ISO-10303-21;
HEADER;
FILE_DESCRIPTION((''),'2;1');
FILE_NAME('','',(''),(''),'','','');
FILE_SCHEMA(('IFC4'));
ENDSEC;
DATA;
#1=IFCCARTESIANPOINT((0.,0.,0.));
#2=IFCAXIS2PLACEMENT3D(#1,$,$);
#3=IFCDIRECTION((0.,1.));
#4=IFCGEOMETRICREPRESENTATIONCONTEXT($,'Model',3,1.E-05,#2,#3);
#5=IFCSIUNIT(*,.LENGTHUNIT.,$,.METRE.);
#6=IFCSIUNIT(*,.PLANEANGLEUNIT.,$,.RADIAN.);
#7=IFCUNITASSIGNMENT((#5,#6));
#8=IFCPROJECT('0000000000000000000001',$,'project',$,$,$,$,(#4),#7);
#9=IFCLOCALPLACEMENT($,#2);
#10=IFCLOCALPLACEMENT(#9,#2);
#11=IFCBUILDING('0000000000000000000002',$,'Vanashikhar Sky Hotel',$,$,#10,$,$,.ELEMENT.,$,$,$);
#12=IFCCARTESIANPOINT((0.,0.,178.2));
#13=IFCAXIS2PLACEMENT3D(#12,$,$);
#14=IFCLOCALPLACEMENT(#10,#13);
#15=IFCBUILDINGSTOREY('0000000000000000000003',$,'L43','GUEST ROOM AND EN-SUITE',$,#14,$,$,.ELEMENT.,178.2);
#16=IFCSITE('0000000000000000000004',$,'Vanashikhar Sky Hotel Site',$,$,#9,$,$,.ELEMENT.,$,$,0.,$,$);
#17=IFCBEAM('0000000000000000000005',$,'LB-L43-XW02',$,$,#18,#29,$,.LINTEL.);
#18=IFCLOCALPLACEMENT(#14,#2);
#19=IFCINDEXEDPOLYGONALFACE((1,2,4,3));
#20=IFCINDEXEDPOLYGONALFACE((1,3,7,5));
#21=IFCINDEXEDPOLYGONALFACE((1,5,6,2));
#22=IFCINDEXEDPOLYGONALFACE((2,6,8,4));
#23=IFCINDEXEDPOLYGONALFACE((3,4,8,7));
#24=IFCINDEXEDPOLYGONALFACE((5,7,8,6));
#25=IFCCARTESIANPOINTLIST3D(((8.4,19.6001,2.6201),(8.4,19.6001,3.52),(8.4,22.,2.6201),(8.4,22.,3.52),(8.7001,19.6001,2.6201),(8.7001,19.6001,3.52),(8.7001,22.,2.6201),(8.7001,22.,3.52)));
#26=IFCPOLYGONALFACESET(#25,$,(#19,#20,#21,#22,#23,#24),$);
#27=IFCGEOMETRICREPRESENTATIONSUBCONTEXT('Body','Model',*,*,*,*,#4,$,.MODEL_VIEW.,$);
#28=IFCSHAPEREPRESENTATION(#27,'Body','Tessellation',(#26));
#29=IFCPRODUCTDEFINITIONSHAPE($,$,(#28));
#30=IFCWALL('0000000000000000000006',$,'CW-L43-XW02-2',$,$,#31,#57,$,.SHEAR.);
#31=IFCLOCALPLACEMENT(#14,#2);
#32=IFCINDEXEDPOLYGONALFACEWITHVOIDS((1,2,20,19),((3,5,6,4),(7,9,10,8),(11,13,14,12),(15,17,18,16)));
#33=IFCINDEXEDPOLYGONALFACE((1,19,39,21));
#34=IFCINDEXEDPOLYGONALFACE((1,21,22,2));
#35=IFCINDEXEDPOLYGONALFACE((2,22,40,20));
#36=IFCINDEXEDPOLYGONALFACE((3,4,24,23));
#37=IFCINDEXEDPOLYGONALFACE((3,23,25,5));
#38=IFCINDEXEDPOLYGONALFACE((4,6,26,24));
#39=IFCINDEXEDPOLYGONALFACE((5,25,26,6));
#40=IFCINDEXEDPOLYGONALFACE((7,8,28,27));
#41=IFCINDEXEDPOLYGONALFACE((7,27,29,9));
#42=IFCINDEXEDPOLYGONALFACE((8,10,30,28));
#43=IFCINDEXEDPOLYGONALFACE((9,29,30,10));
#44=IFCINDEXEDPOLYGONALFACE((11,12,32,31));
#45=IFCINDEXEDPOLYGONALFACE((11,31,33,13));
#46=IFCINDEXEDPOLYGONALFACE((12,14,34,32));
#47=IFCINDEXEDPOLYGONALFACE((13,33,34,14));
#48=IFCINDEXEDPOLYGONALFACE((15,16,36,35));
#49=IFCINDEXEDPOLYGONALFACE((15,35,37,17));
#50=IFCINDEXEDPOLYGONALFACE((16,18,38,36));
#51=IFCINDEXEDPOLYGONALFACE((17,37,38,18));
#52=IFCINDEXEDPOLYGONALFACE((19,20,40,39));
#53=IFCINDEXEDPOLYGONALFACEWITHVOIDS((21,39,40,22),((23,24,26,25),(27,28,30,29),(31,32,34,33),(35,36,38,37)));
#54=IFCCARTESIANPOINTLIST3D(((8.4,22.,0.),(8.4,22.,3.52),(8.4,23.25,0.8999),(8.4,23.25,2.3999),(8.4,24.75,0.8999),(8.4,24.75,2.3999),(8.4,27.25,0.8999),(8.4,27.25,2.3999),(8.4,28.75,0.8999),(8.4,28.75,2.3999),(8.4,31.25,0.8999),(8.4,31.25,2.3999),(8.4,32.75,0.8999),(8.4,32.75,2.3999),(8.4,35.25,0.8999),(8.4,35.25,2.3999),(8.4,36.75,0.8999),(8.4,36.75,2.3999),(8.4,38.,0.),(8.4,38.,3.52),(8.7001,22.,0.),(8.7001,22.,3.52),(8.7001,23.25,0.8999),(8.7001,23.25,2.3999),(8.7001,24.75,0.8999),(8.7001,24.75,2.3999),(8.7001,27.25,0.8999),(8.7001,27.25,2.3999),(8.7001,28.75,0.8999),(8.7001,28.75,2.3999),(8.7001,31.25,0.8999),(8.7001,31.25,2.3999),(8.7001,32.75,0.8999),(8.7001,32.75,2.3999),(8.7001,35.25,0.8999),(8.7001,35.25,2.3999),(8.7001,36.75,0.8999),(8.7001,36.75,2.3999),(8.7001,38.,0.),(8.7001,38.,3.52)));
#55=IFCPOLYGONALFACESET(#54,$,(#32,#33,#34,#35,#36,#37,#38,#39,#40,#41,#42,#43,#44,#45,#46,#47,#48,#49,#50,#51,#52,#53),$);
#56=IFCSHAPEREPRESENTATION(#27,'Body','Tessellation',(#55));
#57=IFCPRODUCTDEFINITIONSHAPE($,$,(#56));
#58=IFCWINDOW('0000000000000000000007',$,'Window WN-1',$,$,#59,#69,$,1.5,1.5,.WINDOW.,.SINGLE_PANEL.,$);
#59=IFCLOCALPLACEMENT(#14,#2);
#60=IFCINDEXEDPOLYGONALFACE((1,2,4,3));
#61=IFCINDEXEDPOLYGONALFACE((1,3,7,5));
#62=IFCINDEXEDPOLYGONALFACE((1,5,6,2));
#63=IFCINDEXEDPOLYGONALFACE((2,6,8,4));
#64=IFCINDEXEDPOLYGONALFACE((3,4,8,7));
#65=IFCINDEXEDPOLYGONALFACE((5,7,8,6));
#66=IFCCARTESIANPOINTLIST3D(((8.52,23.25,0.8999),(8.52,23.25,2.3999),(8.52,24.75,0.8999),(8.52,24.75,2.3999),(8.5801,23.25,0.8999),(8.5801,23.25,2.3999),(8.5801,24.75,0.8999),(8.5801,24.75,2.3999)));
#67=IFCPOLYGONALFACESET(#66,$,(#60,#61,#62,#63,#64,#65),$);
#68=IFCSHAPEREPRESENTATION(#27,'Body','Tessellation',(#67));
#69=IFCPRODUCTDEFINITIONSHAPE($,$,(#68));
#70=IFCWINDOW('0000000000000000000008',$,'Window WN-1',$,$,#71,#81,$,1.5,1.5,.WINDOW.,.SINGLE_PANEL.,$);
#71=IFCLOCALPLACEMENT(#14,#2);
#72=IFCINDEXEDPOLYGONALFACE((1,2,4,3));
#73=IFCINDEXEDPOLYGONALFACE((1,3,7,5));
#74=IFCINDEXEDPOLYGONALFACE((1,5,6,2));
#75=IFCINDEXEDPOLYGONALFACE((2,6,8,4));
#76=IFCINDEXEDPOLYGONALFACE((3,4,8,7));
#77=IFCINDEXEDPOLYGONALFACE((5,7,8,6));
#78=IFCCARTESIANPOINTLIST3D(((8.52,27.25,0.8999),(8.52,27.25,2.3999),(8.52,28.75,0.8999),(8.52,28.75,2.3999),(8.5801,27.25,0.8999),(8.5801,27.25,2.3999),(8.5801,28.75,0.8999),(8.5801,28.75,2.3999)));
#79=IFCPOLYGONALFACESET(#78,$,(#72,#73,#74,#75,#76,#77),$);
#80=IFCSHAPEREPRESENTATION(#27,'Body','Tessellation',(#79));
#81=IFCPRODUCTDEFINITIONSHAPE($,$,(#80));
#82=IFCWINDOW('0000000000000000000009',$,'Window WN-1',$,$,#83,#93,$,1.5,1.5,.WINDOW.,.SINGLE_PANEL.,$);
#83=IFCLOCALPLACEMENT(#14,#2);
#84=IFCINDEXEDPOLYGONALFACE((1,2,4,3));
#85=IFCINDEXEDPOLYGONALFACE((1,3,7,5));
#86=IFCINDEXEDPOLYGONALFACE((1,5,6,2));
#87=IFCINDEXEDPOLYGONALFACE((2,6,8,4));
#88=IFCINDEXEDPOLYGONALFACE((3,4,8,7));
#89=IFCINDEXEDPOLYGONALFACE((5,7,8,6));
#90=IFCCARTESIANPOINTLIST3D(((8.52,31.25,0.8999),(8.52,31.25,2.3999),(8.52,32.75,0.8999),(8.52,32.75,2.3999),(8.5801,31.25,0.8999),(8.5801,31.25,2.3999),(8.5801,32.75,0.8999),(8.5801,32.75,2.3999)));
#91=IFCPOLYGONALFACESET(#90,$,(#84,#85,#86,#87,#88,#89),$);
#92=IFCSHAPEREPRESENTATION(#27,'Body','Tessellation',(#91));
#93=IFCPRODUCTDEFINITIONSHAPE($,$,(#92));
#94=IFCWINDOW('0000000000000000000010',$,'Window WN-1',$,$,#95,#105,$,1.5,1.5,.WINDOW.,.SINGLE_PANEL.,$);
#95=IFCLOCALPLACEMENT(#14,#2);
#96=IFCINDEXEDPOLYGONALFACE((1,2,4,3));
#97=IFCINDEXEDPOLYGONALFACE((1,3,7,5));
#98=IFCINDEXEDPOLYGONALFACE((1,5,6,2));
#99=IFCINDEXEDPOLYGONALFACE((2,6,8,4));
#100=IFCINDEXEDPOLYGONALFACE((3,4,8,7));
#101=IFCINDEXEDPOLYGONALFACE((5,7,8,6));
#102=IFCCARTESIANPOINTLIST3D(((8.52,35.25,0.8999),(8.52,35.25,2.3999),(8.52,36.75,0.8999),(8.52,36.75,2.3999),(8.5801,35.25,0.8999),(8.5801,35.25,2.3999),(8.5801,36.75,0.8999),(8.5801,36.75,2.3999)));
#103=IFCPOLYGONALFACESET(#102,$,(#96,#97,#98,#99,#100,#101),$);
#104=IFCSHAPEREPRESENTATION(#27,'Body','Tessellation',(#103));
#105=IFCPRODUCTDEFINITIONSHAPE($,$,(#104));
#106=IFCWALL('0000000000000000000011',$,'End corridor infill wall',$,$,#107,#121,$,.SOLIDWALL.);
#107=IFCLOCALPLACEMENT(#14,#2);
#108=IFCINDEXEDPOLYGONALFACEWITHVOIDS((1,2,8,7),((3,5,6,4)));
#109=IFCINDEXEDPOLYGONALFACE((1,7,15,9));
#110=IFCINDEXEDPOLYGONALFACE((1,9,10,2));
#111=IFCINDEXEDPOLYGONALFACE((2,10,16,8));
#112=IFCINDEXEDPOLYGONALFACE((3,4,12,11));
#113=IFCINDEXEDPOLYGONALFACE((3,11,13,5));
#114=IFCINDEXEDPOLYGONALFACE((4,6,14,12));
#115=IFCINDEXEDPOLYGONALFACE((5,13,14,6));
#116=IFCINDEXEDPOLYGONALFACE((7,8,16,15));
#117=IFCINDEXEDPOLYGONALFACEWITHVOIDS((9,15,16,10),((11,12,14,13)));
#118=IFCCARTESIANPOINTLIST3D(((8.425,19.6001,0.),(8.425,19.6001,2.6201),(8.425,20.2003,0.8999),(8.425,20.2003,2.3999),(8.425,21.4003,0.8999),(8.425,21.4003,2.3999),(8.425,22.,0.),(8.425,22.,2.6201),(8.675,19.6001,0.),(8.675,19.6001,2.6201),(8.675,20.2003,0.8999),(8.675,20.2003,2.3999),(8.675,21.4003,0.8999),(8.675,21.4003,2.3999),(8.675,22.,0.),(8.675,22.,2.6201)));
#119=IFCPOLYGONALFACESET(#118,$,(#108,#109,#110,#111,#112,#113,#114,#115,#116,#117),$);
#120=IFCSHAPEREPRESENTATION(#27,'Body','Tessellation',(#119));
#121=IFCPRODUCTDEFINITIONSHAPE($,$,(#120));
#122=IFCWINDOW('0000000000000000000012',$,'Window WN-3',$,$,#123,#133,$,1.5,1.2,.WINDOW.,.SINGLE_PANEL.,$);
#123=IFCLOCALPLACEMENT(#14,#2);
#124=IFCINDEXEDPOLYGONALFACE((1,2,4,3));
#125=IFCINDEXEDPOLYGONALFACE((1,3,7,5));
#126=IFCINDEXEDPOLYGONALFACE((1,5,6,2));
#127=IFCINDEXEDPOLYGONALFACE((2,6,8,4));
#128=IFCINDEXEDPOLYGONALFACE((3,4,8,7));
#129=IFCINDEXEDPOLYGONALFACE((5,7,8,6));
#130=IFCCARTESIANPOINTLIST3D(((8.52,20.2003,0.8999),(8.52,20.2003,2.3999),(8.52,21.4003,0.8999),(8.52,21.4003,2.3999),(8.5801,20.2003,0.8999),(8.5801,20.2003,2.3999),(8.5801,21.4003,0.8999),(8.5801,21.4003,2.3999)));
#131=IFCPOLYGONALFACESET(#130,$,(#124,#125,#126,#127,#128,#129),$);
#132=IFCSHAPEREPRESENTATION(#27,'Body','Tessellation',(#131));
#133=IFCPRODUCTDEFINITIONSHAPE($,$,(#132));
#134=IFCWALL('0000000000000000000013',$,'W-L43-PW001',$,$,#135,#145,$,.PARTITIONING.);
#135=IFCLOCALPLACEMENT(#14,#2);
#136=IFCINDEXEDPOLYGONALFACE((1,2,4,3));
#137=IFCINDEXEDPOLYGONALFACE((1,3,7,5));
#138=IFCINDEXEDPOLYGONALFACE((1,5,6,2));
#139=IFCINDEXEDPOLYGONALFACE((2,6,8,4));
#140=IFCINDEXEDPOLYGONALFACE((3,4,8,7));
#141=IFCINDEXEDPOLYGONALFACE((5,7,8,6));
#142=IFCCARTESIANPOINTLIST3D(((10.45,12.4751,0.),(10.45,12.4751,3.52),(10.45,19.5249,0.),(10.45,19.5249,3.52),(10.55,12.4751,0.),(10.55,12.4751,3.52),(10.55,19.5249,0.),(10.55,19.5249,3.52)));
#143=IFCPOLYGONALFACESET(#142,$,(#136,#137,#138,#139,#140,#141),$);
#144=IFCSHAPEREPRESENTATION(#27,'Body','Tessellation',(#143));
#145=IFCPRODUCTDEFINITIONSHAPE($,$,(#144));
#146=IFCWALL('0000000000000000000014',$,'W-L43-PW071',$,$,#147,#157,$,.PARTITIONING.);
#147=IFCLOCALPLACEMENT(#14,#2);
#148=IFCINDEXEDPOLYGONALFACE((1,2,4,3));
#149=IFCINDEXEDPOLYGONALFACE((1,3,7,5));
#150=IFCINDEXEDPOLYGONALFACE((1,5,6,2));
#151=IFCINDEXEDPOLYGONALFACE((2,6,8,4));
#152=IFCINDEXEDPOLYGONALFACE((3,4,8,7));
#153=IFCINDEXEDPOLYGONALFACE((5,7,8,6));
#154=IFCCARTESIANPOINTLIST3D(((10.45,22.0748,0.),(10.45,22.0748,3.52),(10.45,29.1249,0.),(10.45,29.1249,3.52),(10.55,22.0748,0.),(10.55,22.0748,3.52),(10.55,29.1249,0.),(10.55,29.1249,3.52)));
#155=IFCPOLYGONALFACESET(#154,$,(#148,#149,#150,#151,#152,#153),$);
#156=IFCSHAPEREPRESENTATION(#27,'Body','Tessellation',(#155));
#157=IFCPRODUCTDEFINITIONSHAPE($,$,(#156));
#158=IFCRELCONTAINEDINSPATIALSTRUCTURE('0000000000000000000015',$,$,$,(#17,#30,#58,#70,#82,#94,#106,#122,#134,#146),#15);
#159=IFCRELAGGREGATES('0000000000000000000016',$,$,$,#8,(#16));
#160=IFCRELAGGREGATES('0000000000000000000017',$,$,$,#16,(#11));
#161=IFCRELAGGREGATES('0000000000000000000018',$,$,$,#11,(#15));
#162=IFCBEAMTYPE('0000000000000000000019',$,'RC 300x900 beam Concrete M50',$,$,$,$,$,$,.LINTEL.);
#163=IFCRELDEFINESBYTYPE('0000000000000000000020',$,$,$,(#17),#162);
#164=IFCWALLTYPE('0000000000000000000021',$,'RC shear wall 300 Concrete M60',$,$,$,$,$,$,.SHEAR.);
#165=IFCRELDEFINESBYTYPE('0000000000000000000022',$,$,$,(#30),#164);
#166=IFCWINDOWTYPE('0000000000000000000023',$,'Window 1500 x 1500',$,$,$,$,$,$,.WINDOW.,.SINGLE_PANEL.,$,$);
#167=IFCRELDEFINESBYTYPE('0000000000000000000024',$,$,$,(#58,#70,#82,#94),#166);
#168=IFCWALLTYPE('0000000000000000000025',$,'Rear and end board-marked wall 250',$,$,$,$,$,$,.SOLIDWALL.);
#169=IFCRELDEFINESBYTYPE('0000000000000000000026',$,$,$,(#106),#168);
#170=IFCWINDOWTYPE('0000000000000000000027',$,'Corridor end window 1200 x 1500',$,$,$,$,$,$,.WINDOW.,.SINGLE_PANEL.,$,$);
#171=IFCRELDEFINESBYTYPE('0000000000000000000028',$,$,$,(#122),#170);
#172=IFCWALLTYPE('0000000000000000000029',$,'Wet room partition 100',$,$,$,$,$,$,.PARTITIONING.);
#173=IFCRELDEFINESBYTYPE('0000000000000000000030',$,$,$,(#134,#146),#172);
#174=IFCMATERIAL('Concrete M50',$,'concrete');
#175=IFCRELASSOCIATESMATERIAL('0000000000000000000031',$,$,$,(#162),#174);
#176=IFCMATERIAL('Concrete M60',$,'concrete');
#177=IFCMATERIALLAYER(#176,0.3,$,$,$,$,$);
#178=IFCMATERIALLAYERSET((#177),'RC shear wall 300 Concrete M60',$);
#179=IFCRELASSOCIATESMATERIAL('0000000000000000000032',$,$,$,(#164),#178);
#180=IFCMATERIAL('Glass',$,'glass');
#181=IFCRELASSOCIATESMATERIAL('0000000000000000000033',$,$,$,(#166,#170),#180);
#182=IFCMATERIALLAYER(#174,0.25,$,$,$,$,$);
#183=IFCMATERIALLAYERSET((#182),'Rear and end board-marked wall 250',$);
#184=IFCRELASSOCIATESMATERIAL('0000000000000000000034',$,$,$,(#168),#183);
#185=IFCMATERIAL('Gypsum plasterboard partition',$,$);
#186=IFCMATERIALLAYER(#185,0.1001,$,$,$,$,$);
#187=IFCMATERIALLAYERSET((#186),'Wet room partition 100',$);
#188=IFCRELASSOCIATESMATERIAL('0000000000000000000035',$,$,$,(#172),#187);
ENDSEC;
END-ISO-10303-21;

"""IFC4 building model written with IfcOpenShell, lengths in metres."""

from ifc_helpers import new_model, si_unit, direction, frame, frame_2d, origin, origin_2d, place, context, subcontext, project, spatial, rectangle, extrude, source, transform, mapped, material, layer, layer_set, material_profile, profile_set, type_object, element, fill, save


model = new_model("IFC4")

# Units and contexts
model_context = context("Model", 3, precision=1e-05, world=origin(), true_north=direction((0.0, 1.0)))
body_context = subcontext(model_context, "Body", "Model", "MODEL_VIEW")
ifc_project = project(units=[si_unit("LENGTHUNIT", "METRE"), si_unit("PLANEANGLEUNIT", "RADIAN")], contexts=[model_context])

# Site, building, storey
site_placement = place(None, origin())
site = spatial("IfcSite", under=ifc_project, at=site_placement, Name="Vanashikhar Sky Hotel Site", CompositionType="ELEMENT", RefElevation=0.0)
building_placement = place(site_placement, origin())
building = spatial("IfcBuilding", under=site, at=building_placement, Name="Vanashikhar Sky Hotel", CompositionType="ELEMENT")
storey_placement = place(building_placement, frame((0.0, 0.0, 178.2)))
storey = spatial("IfcBuildingStorey", under=building, at=storey_placement, Name="L43", Description="GUEST ROOM AND EN-SUITE", CompositionType="ELEMENT", Elevation=178.2)

# Beam
ifc_material_1 = material(Name="Concrete M50", Category="concrete")
ifc_material_profile = material_profile(ifc_material_1, rectangle(XDim=0.3, YDim=0.8999, at=origin_2d()))
ifc_profile_set = profile_set([ifc_material_profile], Name="RC 300x900 beam Concrete M50")
beam_type = type_object("IfcBeamType", Name="RC 300x900 beam Concrete M50", PredefinedType="LINTEL", material=ifc_profile_set)
shared_shape_1 = source(origin(), body_context, "Body", "SweptSolid", [
    extrude(rectangle(XDim=0.3, YDim=0.8999, at=origin_2d()), origin(), (0.0, 0.0, 1.0), 2.3999),
])
beam_placement = place(storey_placement, frame((8.55, 19.6001, 3.0701), z_axis=(0.0, 1.0, 0.0), x_axis=(-1.0, 0.0, 0.0)))
element("IfcBeam", 1, at=beam_placement, inside=storey, type_object=beam_type, Name="LB-L43-XW02", PredefinedType="LINTEL", context=body_context, shape_type="MappedRepresentation", body=[
    mapped(shared_shape_1, transform((0.0, 0.0, 0.0), scale=1.0)),
])

# Wall, openings, windows
ifc_material_2 = material(Name="Concrete M60", Category="concrete")
ifc_layer_1 = layer(ifc_material_2, 0.3)
ifc_layer_set_1 = layer_set([ifc_layer_1], Name="RC shear wall 300 Concrete M60")
wall_type_1 = type_object("IfcWallType", Name="RC shear wall 300 Concrete M60", PredefinedType="SHEAR", material=ifc_layer_set_1)
shared_shape_2 = source(origin(), body_context, "Body", "SweptSolid", [
    extrude(rectangle(XDim=16.0, YDim=0.3, at=frame_2d((8.0, 0.0))), origin(), (0.0, 0.0, 1.0), 3.52),
])
wall_1_placement = place(storey_placement, frame((8.55, 22.0, 0.0), z_axis=(0.0, 0.0, 1.0), x_axis=(0.0, 1.0, 0.0)))
wall_1 = element("IfcWall", 2, at=wall_1_placement, inside=storey, type_object=wall_type_1, Name="CW-L43-XW02-2", PredefinedType="SHEAR", context=body_context, shape_type="MappedRepresentation", body=[
    mapped(shared_shape_2, transform((0.0, 0.0, 0.0), scale=1.0)),
])
shared_shape_3 = source(origin(), body_context, "Body", "SweptSolid", [
    extrude(rectangle(XDim=1.5, YDim=1.5, at=frame_2d((0.75, 0.75))), frame((0.0, 0.1602, 0.0), z_axis=(0.0, -1.0, 0.0), x_axis=(1.0, 0.0, 0.0)), (0.0, 0.0, 1.0), 0.3201),
])
opening_1_placement = place(wall_1_placement, frame((1.25, 0.0, 0.8999)))
opening_1 = element("IfcOpeningElement", 3, at=opening_1_placement, cuts=wall_1, PredefinedType="OPENING", context=body_context, shape_type="MappedRepresentation", body=[
    mapped(shared_shape_3, transform((0.0, 0.0, 0.0), scale=1.0)),
])
opening_2_placement = place(wall_1_placement, frame((5.25, 0.0, 0.8999)))
opening_2 = element("IfcOpeningElement", 4, at=opening_2_placement, cuts=wall_1, PredefinedType="OPENING", context=body_context, shape_type="MappedRepresentation", body=[
    mapped(shared_shape_3, transform((0.0, 0.0, 0.0), scale=1.0)),
])
opening_3_placement = place(wall_1_placement, frame((9.25, 0.0, 0.8999)))
opening_3 = element("IfcOpeningElement", 5, at=opening_3_placement, cuts=wall_1, PredefinedType="OPENING", context=body_context, shape_type="MappedRepresentation", body=[
    mapped(shared_shape_3, transform((0.0, 0.0, 0.0), scale=1.0)),
])
opening_4_placement = place(wall_1_placement, frame((13.25, 0.0, 0.8999)))
opening_4 = element("IfcOpeningElement", 6, at=opening_4_placement, cuts=wall_1, PredefinedType="OPENING", context=body_context, shape_type="MappedRepresentation", body=[
    mapped(shared_shape_3, transform((0.0, 0.0, 0.0), scale=1.0)),
])
ifc_material_3 = material(Name="Glass", Category="glass")
window_type_1 = type_object("IfcWindowType", Name="Window 1500 x 1500", PartitioningType="SINGLE_PANEL", PredefinedType="WINDOW", material=ifc_material_3)
shared_shape_4 = source(origin(), body_context, "Body", "SweptSolid", [
    extrude(rectangle(XDim=1.5, YDim=1.5, at=frame_2d((0.75, 0.75))), frame((0.0, 0.03, 0.0), z_axis=(0.0, -1.0, 0.0), x_axis=(1.0, 0.0, 0.0)), (0.0, 0.0, 1.0), 0.0601),
])
window_1_placement = place(opening_1_placement, origin())
window_1 = element("IfcWindow", 7, at=window_1_placement, inside=storey, type_object=window_type_1, Name="Window WN-1", OverallHeight=1.5, OverallWidth=1.5, PartitioningType="SINGLE_PANEL", PredefinedType="WINDOW", context=body_context, shape_type="MappedRepresentation", body=[
    mapped(shared_shape_4, transform((0.0, 0.0, 0.0), scale=1.0)),
])
fill(opening_1, window_1)
window_2_placement = place(opening_2_placement, origin())
window_2 = element("IfcWindow", 8, at=window_2_placement, inside=storey, type_object=window_type_1, Name="Window WN-1", OverallHeight=1.5, OverallWidth=1.5, PartitioningType="SINGLE_PANEL", PredefinedType="WINDOW", context=body_context, shape_type="MappedRepresentation", body=[
    mapped(shared_shape_4, transform((0.0, 0.0, 0.0), scale=1.0)),
])
fill(opening_2, window_2)
window_3_placement = place(opening_3_placement, origin())
window_3 = element("IfcWindow", 9, at=window_3_placement, inside=storey, type_object=window_type_1, Name="Window WN-1", OverallHeight=1.5, OverallWidth=1.5, PartitioningType="SINGLE_PANEL", PredefinedType="WINDOW", context=body_context, shape_type="MappedRepresentation", body=[
    mapped(shared_shape_4, transform((0.0, 0.0, 0.0), scale=1.0)),
])
fill(opening_3, window_3)
window_4_placement = place(opening_4_placement, origin())
window_4 = element("IfcWindow", 10, at=window_4_placement, inside=storey, type_object=window_type_1, Name="Window WN-1", OverallHeight=1.5, OverallWidth=1.5, PartitioningType="SINGLE_PANEL", PredefinedType="WINDOW", context=body_context, shape_type="MappedRepresentation", body=[
    mapped(shared_shape_4, transform((0.0, 0.0, 0.0), scale=1.0)),
])
fill(opening_4, window_4)

# Wall, opening, window
ifc_layer_2 = layer(ifc_material_1, 0.25)
ifc_layer_set_2 = layer_set([ifc_layer_2], Name="Rear and end board-marked wall 250")
wall_type_2 = type_object("IfcWallType", Name="Rear and end board-marked wall 250", PredefinedType="SOLIDWALL", material=ifc_layer_set_2)
shared_shape_5 = source(origin(), body_context, "Body", "SweptSolid", [
    extrude(rectangle(XDim=2.3999, YDim=0.25, at=frame_2d((1.2, 0.0))), origin(), (0.0, 0.0, 1.0), 2.6201),
])
wall_2_placement = place(storey_placement, frame((8.55, 19.6001, 0.0), z_axis=(0.0, 0.0, 1.0), x_axis=(0.0, 1.0, 0.0)))
wall_2 = element("IfcWall", 11, at=wall_2_placement, inside=storey, type_object=wall_type_2, Name="End corridor infill wall", PredefinedType="SOLIDWALL", context=body_context, shape_type="MappedRepresentation", body=[
    mapped(shared_shape_5, transform((0.0, 0.0, 0.0), scale=1.0)),
])
shared_shape_6 = source(origin(), body_context, "Body", "SweptSolid", [
    extrude(rectangle(XDim=1.2, YDim=1.5, at=frame_2d((0.6001, 0.75))), frame((0.0, 0.135, 0.0), z_axis=(0.0, -1.0, 0.0), x_axis=(1.0, 0.0, 0.0)), (0.0, 0.0, 1.0), 0.27),
])
opening_5_placement = place(wall_2_placement, frame((0.6001, 0.0, 0.8999)))
opening_5 = element("IfcOpeningElement", 12, at=opening_5_placement, cuts=wall_2, PredefinedType="OPENING", context=body_context, shape_type="MappedRepresentation", body=[
    mapped(shared_shape_6, transform((0.0, 0.0, 0.0), scale=1.0)),
])
window_type_2 = type_object("IfcWindowType", Name="Corridor end window 1200 x 1500", PartitioningType="SINGLE_PANEL", PredefinedType="WINDOW", material=ifc_material_3)
shared_shape_7 = source(origin(), body_context, "Body", "SweptSolid", [
    extrude(rectangle(XDim=1.2, YDim=1.5, at=frame_2d((0.6001, 0.75))), frame((0.0, 0.03, 0.0), z_axis=(0.0, -1.0, 0.0), x_axis=(1.0, 0.0, 0.0)), (0.0, 0.0, 1.0), 0.0601),
])
window_5_placement = place(opening_5_placement, origin())
window_5 = element("IfcWindow", 13, at=window_5_placement, inside=storey, type_object=window_type_2, Name="Window WN-3", OverallHeight=1.5, OverallWidth=1.2, PartitioningType="SINGLE_PANEL", PredefinedType="WINDOW", context=body_context, shape_type="MappedRepresentation", body=[
    mapped(shared_shape_7, transform((0.0, 0.0, 0.0), scale=1.0)),
])
fill(opening_5, window_5)

# Walls
ifc_material_4 = material(Name="Gypsum plasterboard partition")
ifc_layer_3 = layer(ifc_material_4, 0.1001)
ifc_layer_set_3 = layer_set([ifc_layer_3], Name="Wet room partition 100")
wall_type_3 = type_object("IfcWallType", Name="Wet room partition 100", PredefinedType="PARTITIONING", material=ifc_layer_set_3)
shared_shape_8 = source(origin(), body_context, "Body", "SweptSolid", [
    extrude(rectangle(XDim=7.0498, YDim=0.1001, at=frame_2d((3.5249, 0.0))), origin(), (0.0, 0.0, 1.0), 3.52),
])
wall_3_placement = place(storey_placement, frame((10.5, 12.4751, 0.0), z_axis=(0.0, 0.0, 1.0), x_axis=(0.0, 1.0, 0.0)))
element("IfcWall", 14, at=wall_3_placement, inside=storey, type_object=wall_type_3, Name="W-L43-PW001", PredefinedType="PARTITIONING", context=body_context, shape_type="MappedRepresentation", body=[
    mapped(shared_shape_8, transform((0.0, 0.0, 0.0), scale=1.0)),
])
shared_shape_9 = source(origin(), body_context, "Body", "SweptSolid", [
    extrude(rectangle(XDim=7.05, YDim=0.1001, at=frame_2d((3.5249, 0.0))), origin(), (0.0, 0.0, 1.0), 3.52),
])
wall_4_placement = place(storey_placement, frame((10.5, 22.075, 0.0), z_axis=(0.0, 0.0, 1.0), x_axis=(0.0, 1.0, 0.0)))
element("IfcWall", 15, at=wall_4_placement, inside=storey, type_object=wall_type_3, Name="W-L43-PW071", PredefinedType="PARTITIONING", context=body_context, shape_type="MappedRepresentation", body=[
    mapped(shared_shape_9, transform((0.0, 0.0, 0.0), scale=1.0)),
])

save(model, "model.ifc")
